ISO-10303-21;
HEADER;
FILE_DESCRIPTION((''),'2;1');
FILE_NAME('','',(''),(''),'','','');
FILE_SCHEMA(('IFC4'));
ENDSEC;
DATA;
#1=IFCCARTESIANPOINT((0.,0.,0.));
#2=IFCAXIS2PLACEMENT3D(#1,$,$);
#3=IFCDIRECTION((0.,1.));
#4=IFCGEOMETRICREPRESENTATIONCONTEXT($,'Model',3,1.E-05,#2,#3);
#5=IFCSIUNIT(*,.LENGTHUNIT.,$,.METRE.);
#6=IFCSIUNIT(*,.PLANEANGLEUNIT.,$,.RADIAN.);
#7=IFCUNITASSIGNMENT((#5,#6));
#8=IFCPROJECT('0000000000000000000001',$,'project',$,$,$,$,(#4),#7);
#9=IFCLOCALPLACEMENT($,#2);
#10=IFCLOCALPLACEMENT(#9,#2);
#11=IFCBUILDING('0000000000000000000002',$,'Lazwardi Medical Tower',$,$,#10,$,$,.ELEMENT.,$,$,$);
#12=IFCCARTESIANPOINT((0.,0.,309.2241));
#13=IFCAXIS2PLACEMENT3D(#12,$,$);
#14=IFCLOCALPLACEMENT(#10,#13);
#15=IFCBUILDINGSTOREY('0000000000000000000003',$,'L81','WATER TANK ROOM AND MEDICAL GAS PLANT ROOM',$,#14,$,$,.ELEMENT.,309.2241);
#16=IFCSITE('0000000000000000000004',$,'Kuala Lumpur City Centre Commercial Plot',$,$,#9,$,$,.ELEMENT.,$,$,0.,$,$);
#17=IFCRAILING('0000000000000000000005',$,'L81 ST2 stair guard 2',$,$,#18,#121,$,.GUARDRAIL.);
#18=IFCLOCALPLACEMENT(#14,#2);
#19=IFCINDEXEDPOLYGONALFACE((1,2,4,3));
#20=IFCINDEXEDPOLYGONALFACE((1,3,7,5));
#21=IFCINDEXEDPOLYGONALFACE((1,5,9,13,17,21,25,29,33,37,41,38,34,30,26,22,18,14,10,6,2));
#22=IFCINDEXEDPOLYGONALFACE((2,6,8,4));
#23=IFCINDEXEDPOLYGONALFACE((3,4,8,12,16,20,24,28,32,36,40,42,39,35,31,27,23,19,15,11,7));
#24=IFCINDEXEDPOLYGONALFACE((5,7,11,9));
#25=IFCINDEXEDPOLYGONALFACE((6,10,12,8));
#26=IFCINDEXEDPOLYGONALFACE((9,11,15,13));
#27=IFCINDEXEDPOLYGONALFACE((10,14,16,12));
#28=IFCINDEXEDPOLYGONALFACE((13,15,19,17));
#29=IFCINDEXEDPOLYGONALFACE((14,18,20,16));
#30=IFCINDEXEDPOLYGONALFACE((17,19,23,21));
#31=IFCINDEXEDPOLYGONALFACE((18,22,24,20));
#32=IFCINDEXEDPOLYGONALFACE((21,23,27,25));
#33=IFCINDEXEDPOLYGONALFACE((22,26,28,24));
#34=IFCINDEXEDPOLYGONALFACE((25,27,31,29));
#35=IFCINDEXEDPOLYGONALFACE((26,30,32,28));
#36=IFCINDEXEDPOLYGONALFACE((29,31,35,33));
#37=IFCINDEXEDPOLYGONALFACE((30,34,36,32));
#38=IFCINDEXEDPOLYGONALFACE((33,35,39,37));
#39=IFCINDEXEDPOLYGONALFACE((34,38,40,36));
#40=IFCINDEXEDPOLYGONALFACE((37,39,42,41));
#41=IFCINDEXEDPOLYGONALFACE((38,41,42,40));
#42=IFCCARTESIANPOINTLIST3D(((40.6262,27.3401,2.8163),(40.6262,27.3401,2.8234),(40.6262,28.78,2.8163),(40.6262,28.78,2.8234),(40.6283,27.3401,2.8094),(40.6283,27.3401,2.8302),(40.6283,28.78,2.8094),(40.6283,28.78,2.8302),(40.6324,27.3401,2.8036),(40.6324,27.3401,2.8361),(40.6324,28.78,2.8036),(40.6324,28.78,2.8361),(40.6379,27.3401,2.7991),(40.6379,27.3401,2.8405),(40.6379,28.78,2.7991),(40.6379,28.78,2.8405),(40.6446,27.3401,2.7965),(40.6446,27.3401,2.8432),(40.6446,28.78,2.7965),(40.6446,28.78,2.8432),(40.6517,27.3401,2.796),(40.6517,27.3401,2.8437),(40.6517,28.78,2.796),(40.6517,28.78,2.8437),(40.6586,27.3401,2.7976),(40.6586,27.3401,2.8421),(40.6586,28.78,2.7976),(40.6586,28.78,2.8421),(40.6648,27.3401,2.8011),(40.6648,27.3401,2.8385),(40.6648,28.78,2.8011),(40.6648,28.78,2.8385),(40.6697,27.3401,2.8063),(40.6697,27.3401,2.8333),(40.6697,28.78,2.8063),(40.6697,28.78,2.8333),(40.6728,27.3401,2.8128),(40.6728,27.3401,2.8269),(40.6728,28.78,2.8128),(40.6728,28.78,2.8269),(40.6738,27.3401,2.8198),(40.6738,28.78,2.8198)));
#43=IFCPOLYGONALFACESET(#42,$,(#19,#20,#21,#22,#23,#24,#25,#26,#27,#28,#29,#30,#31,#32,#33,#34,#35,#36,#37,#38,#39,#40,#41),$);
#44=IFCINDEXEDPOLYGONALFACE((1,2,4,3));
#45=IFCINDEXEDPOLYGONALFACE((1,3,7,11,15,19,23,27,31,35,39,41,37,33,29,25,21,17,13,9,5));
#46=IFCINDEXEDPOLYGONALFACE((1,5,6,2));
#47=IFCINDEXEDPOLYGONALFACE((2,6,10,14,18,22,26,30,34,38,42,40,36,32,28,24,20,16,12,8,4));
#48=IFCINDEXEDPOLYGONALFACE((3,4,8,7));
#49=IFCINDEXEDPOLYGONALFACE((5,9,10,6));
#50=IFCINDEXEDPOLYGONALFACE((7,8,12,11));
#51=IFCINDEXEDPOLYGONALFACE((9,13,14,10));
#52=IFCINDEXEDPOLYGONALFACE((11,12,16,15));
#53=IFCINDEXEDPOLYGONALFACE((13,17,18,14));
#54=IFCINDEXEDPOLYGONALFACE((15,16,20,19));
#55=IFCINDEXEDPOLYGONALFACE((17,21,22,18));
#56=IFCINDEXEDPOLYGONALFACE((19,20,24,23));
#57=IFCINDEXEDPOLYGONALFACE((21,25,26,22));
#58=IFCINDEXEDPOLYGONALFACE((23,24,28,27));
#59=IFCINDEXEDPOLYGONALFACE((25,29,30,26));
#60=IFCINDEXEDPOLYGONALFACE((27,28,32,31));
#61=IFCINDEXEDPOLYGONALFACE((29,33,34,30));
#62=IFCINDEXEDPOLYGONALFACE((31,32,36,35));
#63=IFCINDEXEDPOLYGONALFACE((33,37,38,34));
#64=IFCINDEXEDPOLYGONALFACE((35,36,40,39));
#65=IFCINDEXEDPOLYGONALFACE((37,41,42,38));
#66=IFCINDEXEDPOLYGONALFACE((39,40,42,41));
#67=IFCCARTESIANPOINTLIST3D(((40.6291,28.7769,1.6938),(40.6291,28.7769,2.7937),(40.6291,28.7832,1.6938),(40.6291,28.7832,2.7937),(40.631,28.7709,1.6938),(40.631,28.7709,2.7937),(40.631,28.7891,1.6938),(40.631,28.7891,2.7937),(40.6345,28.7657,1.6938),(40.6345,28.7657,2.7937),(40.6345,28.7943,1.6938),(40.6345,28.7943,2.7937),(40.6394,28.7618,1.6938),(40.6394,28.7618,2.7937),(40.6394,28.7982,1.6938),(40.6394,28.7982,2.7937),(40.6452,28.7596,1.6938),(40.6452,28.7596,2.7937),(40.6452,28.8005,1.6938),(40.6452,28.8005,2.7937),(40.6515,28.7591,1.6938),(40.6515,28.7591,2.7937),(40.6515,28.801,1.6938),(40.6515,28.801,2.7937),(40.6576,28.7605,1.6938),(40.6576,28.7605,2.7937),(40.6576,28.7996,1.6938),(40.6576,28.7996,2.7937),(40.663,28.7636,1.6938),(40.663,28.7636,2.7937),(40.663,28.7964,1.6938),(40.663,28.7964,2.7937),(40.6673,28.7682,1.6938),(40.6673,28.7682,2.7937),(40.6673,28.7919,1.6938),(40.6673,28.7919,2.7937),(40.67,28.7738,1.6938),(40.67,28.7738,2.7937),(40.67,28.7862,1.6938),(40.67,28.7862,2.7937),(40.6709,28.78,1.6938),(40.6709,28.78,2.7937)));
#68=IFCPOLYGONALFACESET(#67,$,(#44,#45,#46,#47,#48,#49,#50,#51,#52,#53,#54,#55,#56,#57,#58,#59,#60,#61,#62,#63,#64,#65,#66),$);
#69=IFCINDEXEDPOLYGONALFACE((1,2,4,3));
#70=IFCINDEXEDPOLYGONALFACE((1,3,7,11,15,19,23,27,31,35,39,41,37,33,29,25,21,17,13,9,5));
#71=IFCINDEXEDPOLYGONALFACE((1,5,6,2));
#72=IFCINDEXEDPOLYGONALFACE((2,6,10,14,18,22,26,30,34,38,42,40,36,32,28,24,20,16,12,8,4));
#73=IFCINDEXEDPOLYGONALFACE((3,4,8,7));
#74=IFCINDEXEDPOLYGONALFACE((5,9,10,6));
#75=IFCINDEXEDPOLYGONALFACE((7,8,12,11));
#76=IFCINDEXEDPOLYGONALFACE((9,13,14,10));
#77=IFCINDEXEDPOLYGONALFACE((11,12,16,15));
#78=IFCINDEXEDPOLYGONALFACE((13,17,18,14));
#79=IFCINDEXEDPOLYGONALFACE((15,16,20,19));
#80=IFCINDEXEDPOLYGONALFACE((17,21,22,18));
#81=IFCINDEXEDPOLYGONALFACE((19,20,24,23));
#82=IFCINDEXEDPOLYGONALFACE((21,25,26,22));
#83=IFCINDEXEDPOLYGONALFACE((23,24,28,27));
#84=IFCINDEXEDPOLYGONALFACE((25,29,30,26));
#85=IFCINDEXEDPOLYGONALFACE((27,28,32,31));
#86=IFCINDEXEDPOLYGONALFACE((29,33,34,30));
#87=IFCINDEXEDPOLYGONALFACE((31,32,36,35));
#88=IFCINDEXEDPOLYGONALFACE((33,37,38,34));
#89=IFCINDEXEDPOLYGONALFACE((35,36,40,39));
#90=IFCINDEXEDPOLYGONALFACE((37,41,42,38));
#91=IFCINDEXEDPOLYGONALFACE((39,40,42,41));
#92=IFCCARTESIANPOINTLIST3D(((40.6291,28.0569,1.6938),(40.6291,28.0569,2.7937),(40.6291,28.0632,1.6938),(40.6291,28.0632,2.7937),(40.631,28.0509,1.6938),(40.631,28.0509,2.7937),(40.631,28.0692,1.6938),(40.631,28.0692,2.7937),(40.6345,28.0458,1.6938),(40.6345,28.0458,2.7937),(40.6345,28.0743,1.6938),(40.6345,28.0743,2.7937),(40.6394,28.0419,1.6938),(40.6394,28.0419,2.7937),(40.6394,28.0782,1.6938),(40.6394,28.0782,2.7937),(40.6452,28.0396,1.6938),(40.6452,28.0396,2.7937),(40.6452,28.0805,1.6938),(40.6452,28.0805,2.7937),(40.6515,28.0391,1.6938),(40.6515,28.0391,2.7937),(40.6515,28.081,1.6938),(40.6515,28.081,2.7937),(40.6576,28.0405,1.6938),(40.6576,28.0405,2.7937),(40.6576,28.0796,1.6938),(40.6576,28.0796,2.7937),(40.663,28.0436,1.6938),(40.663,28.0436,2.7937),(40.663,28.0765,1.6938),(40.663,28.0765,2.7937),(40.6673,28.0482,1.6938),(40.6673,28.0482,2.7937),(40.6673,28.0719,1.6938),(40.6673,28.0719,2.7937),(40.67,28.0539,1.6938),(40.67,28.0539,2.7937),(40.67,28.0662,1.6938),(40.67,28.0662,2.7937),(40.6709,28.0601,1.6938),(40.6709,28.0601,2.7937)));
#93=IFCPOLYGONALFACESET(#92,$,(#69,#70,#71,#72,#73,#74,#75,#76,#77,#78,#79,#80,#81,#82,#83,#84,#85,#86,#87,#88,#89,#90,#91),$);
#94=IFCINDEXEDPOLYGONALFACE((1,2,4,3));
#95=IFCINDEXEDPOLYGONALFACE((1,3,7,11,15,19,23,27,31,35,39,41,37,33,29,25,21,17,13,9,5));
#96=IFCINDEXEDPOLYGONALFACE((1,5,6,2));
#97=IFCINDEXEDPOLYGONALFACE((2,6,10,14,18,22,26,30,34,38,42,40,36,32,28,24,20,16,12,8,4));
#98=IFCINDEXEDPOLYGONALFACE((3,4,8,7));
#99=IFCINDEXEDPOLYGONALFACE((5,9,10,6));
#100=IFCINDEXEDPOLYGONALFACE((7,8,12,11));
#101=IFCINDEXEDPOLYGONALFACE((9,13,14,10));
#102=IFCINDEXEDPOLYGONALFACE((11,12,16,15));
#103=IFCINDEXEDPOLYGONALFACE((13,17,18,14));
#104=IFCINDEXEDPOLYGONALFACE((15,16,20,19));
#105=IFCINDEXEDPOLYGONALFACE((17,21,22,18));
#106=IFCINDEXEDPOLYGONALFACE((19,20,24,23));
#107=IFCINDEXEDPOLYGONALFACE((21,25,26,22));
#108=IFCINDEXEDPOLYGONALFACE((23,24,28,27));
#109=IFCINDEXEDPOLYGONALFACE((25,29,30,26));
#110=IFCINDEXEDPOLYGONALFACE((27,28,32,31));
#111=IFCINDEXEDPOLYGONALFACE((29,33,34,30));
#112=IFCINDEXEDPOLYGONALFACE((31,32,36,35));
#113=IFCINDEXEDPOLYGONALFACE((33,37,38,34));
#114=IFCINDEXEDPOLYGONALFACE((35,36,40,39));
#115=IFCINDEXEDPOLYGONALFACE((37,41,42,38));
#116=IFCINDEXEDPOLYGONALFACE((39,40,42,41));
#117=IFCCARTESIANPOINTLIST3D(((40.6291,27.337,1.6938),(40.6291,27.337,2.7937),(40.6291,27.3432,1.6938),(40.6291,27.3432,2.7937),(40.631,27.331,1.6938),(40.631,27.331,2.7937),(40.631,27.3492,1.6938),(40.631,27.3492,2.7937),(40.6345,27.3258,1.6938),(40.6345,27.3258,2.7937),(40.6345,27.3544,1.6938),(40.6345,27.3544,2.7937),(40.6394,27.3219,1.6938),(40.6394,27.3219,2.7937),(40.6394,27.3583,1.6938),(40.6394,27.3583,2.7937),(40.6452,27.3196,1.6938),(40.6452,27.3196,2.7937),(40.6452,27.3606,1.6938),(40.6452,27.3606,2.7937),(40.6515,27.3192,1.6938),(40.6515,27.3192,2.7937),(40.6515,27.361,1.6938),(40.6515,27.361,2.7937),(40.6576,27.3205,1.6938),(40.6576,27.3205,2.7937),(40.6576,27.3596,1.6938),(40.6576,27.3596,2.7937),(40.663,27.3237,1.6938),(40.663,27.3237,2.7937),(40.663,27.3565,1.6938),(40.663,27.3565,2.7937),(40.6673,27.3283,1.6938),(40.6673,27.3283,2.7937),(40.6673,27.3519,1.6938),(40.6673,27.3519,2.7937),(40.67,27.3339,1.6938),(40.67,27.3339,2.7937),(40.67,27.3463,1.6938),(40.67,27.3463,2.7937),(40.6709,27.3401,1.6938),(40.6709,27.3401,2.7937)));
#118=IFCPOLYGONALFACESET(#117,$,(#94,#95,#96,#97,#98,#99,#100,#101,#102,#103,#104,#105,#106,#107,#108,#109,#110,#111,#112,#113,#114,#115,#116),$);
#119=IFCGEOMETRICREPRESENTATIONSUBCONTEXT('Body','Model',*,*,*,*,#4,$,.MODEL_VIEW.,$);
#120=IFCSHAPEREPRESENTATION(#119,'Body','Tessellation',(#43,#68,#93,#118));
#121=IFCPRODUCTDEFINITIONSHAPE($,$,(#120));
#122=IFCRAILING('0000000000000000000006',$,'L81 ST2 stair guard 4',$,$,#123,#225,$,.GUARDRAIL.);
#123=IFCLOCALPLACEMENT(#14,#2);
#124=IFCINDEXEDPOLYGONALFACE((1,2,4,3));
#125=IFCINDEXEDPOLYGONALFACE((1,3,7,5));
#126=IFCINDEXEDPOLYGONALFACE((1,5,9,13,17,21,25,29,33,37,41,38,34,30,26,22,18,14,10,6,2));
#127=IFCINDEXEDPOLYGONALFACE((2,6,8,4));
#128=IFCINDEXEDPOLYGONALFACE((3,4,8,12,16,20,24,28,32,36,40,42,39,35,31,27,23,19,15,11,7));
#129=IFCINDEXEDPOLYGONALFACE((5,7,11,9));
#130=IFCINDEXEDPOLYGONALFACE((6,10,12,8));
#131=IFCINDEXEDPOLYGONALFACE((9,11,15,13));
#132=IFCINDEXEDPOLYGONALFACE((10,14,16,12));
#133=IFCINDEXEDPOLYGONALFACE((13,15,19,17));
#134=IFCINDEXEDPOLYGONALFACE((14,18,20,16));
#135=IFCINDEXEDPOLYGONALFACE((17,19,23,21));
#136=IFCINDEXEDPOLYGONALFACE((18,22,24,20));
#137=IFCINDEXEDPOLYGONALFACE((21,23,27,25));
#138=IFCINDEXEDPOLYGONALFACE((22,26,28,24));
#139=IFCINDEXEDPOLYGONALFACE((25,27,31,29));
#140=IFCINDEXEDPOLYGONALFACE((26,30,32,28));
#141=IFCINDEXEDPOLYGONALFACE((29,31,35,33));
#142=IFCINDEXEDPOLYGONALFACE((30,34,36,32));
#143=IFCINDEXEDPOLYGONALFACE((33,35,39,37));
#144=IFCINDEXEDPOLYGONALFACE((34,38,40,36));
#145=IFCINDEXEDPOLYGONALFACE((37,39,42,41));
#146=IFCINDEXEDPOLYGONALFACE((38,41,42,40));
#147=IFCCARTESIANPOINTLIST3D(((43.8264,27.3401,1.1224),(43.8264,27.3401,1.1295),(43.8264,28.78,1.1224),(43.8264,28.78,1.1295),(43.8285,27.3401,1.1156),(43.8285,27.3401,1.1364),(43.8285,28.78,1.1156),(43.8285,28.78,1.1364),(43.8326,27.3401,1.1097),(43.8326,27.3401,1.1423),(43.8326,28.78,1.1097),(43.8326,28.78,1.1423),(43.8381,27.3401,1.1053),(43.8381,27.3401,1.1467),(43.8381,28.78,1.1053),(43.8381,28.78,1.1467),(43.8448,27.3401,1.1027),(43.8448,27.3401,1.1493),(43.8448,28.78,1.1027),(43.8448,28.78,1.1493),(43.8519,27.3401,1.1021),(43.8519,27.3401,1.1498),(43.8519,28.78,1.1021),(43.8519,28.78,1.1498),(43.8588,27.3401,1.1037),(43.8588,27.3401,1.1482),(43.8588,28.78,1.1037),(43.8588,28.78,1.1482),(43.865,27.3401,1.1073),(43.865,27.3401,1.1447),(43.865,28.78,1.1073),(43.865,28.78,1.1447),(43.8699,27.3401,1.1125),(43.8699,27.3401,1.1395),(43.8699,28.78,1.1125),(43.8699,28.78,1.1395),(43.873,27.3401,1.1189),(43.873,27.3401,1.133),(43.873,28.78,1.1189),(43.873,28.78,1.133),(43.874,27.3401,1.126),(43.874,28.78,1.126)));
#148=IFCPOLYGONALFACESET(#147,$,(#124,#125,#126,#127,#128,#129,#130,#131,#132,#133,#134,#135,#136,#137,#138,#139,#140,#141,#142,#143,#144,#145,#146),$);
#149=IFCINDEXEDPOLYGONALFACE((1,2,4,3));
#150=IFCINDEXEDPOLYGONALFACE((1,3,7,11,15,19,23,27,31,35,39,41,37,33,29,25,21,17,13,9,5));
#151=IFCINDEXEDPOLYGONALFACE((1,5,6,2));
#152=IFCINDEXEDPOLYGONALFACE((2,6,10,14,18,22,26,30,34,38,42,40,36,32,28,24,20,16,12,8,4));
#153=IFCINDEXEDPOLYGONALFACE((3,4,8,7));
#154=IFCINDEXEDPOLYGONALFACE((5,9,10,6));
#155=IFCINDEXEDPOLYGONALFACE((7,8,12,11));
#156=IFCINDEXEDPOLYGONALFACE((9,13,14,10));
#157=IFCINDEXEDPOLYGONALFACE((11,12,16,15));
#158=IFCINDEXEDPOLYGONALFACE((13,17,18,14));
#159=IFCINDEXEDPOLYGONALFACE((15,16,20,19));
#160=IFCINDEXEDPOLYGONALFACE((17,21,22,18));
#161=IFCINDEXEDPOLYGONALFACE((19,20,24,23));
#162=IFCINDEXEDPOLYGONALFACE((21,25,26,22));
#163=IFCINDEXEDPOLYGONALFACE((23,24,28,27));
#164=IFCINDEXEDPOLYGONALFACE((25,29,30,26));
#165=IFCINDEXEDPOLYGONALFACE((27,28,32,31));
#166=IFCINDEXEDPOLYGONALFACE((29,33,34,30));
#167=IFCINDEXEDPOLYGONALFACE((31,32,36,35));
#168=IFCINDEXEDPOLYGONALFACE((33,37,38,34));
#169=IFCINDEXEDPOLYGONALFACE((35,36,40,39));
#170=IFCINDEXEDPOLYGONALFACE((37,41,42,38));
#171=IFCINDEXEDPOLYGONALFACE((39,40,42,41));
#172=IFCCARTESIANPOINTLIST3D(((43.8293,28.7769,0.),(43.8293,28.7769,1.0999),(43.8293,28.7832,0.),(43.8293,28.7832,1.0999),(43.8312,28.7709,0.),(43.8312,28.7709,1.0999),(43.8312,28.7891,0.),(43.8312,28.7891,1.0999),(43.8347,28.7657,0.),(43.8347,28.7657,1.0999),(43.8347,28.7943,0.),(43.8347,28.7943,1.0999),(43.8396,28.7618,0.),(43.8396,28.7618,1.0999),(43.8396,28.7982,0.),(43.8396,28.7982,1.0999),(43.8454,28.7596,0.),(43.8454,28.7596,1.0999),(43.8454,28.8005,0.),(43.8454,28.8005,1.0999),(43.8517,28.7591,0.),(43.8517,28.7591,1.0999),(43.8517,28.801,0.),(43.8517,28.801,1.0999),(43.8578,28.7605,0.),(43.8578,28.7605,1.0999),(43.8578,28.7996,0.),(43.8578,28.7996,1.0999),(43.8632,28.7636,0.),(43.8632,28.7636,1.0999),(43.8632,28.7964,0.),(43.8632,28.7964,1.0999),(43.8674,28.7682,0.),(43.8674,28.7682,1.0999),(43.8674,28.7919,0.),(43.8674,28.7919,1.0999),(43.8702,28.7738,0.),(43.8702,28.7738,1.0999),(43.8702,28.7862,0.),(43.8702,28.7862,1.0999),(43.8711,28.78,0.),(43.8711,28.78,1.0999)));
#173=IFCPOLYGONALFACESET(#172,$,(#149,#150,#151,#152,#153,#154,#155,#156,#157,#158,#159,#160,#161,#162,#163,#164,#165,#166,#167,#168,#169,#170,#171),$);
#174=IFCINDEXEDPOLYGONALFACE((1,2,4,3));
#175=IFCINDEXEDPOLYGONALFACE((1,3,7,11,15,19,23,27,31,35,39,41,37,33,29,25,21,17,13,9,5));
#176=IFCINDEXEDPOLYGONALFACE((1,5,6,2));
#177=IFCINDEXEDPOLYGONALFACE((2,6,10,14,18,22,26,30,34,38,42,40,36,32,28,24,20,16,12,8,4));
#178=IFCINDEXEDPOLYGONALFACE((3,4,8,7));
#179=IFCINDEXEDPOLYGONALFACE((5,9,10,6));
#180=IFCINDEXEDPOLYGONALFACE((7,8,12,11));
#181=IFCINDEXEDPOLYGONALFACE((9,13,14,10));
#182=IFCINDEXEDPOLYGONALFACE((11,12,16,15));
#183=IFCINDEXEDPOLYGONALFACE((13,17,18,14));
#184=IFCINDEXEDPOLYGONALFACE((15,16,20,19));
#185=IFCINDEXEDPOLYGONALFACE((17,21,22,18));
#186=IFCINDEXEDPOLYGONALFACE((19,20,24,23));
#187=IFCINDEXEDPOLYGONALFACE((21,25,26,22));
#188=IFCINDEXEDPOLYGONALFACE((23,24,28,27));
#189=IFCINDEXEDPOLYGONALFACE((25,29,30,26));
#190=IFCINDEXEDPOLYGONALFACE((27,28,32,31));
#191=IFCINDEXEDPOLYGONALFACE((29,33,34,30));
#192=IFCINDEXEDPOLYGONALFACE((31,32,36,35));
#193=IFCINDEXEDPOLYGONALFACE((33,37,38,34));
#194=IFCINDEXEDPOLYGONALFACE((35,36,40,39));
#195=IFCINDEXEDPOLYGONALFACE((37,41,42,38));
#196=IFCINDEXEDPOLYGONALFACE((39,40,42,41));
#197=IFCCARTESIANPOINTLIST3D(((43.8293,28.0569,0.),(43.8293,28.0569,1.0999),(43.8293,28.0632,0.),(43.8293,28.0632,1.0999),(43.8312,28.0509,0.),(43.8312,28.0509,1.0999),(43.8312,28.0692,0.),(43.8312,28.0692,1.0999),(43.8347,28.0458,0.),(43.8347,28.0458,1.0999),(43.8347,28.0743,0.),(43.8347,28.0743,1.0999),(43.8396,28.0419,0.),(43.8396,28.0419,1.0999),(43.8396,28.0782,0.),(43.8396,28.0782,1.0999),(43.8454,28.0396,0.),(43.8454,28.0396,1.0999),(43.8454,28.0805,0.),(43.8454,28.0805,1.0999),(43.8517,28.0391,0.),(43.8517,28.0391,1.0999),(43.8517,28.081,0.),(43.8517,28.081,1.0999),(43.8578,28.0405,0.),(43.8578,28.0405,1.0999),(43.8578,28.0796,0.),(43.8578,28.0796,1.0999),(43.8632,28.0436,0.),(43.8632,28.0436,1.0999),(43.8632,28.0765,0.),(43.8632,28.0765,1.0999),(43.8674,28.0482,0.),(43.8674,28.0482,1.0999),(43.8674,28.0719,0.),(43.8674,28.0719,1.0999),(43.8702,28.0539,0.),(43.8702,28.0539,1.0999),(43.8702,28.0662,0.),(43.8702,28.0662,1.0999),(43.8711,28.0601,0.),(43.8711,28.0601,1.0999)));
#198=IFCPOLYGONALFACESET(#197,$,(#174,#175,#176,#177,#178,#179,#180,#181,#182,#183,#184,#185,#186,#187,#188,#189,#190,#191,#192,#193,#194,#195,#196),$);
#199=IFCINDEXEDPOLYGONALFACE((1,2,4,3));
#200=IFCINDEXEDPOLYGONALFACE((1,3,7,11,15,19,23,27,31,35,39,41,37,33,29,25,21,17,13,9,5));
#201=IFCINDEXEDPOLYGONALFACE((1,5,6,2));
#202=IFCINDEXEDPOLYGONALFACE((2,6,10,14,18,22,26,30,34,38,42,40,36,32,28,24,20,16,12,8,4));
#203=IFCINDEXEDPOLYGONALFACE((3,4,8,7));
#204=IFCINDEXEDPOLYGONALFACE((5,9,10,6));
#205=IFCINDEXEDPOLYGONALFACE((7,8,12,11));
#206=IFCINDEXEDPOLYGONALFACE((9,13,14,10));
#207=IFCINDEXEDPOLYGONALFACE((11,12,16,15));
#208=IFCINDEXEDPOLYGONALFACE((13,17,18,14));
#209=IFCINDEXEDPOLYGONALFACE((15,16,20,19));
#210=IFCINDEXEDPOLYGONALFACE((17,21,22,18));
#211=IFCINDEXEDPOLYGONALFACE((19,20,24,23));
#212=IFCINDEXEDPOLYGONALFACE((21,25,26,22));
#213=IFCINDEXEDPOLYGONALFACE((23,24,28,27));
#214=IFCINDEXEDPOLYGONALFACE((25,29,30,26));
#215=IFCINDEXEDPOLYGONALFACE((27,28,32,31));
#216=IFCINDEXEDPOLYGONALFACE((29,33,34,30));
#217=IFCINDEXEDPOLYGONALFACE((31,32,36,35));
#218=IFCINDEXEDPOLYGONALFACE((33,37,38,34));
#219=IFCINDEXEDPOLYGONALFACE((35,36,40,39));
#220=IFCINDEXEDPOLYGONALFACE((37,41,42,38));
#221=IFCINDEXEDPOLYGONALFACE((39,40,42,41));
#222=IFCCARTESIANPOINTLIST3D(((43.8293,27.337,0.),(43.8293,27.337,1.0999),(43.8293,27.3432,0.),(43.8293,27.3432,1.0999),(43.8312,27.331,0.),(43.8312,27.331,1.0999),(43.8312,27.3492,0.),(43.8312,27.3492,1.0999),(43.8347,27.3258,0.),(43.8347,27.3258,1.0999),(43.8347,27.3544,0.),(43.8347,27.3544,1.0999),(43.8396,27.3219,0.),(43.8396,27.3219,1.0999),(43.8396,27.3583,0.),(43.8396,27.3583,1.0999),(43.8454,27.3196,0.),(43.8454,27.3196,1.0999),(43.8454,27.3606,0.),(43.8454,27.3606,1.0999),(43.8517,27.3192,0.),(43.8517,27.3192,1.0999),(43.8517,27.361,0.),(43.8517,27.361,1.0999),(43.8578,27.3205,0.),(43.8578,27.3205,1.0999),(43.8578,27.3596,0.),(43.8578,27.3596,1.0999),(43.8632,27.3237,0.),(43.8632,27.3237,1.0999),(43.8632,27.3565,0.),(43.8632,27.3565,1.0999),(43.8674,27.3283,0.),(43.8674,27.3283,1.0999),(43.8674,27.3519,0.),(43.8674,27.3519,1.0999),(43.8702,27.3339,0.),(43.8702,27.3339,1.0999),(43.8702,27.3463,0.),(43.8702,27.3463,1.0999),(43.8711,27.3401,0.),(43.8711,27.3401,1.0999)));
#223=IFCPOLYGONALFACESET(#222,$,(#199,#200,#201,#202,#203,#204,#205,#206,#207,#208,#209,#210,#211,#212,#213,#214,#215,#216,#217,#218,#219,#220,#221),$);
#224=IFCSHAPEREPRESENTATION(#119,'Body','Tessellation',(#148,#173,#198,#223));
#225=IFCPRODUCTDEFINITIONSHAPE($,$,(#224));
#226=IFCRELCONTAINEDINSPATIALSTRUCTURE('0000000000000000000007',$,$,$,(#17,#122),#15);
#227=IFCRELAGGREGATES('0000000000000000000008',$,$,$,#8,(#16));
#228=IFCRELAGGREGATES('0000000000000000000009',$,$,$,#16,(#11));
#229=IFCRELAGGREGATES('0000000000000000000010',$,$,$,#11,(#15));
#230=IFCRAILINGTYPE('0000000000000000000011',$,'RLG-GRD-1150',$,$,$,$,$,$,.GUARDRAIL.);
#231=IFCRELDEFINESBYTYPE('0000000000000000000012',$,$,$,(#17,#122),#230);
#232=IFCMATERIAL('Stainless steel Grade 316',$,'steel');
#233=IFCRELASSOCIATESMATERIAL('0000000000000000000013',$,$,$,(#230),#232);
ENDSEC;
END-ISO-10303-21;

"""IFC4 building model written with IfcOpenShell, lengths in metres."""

from ifc_helpers import new_model, si_unit, direction, frame, origin, origin_2d, place, context, subcontext, project, spatial, circle, extrude, material, type_object, element, save


model = new_model("IFC4")

# Units and contexts
model_context = context("Model", 3, precision=1e-05, world=origin(), true_north=direction((0.0, 1.0)))
body_context = subcontext(model_context, "Body", "Model", "MODEL_VIEW")
ifc_project = project(units=[si_unit("LENGTHUNIT", "METRE"), si_unit("PLANEANGLEUNIT", "RADIAN")], contexts=[model_context])

# Site, building, storey
site_placement = place(None, origin())
site = spatial("IfcSite", under=ifc_project, at=site_placement, Name="Kuala Lumpur City Centre Commercial Plot", CompositionType="ELEMENT", RefElevation=0.0)
building_placement = place(site_placement, origin())
building = spatial("IfcBuilding", under=site, at=building_placement, Name="Lazwardi Medical Tower", CompositionType="ELEMENT")
storey_placement = place(building_placement, frame((0.0, 0.0, 309.2241)))
storey = spatial("IfcBuildingStorey", under=building, at=storey_placement, Name="L81", Description="WATER TANK ROOM AND MEDICAL GAS PLANT ROOM", CompositionType="ELEMENT", Elevation=309.2241)

# Railings
ifc_material_1 = material(Name="Stainless steel Grade 316", Category="steel")
railing_type_1 = type_object("IfcRailingType", Name="RLG-GRD-1150", PredefinedType="GUARDRAIL", material=ifc_material_1)
for number, where, name in (
    (1, (40.6499, 28.78, 1.6938), "L81 ST2 stair guard 2"),
    (2, (43.8501, 28.78, 0.0), "L81 ST2 stair guard 4"),
):
    element("IfcRailing", number, at=place(storey_placement, frame(where)), inside=storey, type_object=railing_type_1, Name=name, PredefinedType="GUARDRAIL", context=body_context, shape_type="SweptSolid", body=[
        extrude(circle(Radius=0.0239, at=origin_2d()), frame((0.0, 0.0, 1.126), z_axis=(0.0, -1.0, 0.0), x_axis=(1.0, 0.0, 0.0)), (0.0, 0.0, 1.0), 1.4399),
        extrude(circle(Radius=0.021, at=origin_2d()), origin(), (0.0, 0.0, 1.0), 1.0999),
        extrude(circle(Radius=0.021, at=origin_2d()), frame((0.0, -0.72, 0.0)), (0.0, 0.0, 1.0), 1.0999),
        extrude(circle(Radius=0.021, at=origin_2d()), frame((0.0, -1.4399, 0.0)), (0.0, 0.0, 1.0), 1.0999),
    ])

save(model, "model.ifc")
